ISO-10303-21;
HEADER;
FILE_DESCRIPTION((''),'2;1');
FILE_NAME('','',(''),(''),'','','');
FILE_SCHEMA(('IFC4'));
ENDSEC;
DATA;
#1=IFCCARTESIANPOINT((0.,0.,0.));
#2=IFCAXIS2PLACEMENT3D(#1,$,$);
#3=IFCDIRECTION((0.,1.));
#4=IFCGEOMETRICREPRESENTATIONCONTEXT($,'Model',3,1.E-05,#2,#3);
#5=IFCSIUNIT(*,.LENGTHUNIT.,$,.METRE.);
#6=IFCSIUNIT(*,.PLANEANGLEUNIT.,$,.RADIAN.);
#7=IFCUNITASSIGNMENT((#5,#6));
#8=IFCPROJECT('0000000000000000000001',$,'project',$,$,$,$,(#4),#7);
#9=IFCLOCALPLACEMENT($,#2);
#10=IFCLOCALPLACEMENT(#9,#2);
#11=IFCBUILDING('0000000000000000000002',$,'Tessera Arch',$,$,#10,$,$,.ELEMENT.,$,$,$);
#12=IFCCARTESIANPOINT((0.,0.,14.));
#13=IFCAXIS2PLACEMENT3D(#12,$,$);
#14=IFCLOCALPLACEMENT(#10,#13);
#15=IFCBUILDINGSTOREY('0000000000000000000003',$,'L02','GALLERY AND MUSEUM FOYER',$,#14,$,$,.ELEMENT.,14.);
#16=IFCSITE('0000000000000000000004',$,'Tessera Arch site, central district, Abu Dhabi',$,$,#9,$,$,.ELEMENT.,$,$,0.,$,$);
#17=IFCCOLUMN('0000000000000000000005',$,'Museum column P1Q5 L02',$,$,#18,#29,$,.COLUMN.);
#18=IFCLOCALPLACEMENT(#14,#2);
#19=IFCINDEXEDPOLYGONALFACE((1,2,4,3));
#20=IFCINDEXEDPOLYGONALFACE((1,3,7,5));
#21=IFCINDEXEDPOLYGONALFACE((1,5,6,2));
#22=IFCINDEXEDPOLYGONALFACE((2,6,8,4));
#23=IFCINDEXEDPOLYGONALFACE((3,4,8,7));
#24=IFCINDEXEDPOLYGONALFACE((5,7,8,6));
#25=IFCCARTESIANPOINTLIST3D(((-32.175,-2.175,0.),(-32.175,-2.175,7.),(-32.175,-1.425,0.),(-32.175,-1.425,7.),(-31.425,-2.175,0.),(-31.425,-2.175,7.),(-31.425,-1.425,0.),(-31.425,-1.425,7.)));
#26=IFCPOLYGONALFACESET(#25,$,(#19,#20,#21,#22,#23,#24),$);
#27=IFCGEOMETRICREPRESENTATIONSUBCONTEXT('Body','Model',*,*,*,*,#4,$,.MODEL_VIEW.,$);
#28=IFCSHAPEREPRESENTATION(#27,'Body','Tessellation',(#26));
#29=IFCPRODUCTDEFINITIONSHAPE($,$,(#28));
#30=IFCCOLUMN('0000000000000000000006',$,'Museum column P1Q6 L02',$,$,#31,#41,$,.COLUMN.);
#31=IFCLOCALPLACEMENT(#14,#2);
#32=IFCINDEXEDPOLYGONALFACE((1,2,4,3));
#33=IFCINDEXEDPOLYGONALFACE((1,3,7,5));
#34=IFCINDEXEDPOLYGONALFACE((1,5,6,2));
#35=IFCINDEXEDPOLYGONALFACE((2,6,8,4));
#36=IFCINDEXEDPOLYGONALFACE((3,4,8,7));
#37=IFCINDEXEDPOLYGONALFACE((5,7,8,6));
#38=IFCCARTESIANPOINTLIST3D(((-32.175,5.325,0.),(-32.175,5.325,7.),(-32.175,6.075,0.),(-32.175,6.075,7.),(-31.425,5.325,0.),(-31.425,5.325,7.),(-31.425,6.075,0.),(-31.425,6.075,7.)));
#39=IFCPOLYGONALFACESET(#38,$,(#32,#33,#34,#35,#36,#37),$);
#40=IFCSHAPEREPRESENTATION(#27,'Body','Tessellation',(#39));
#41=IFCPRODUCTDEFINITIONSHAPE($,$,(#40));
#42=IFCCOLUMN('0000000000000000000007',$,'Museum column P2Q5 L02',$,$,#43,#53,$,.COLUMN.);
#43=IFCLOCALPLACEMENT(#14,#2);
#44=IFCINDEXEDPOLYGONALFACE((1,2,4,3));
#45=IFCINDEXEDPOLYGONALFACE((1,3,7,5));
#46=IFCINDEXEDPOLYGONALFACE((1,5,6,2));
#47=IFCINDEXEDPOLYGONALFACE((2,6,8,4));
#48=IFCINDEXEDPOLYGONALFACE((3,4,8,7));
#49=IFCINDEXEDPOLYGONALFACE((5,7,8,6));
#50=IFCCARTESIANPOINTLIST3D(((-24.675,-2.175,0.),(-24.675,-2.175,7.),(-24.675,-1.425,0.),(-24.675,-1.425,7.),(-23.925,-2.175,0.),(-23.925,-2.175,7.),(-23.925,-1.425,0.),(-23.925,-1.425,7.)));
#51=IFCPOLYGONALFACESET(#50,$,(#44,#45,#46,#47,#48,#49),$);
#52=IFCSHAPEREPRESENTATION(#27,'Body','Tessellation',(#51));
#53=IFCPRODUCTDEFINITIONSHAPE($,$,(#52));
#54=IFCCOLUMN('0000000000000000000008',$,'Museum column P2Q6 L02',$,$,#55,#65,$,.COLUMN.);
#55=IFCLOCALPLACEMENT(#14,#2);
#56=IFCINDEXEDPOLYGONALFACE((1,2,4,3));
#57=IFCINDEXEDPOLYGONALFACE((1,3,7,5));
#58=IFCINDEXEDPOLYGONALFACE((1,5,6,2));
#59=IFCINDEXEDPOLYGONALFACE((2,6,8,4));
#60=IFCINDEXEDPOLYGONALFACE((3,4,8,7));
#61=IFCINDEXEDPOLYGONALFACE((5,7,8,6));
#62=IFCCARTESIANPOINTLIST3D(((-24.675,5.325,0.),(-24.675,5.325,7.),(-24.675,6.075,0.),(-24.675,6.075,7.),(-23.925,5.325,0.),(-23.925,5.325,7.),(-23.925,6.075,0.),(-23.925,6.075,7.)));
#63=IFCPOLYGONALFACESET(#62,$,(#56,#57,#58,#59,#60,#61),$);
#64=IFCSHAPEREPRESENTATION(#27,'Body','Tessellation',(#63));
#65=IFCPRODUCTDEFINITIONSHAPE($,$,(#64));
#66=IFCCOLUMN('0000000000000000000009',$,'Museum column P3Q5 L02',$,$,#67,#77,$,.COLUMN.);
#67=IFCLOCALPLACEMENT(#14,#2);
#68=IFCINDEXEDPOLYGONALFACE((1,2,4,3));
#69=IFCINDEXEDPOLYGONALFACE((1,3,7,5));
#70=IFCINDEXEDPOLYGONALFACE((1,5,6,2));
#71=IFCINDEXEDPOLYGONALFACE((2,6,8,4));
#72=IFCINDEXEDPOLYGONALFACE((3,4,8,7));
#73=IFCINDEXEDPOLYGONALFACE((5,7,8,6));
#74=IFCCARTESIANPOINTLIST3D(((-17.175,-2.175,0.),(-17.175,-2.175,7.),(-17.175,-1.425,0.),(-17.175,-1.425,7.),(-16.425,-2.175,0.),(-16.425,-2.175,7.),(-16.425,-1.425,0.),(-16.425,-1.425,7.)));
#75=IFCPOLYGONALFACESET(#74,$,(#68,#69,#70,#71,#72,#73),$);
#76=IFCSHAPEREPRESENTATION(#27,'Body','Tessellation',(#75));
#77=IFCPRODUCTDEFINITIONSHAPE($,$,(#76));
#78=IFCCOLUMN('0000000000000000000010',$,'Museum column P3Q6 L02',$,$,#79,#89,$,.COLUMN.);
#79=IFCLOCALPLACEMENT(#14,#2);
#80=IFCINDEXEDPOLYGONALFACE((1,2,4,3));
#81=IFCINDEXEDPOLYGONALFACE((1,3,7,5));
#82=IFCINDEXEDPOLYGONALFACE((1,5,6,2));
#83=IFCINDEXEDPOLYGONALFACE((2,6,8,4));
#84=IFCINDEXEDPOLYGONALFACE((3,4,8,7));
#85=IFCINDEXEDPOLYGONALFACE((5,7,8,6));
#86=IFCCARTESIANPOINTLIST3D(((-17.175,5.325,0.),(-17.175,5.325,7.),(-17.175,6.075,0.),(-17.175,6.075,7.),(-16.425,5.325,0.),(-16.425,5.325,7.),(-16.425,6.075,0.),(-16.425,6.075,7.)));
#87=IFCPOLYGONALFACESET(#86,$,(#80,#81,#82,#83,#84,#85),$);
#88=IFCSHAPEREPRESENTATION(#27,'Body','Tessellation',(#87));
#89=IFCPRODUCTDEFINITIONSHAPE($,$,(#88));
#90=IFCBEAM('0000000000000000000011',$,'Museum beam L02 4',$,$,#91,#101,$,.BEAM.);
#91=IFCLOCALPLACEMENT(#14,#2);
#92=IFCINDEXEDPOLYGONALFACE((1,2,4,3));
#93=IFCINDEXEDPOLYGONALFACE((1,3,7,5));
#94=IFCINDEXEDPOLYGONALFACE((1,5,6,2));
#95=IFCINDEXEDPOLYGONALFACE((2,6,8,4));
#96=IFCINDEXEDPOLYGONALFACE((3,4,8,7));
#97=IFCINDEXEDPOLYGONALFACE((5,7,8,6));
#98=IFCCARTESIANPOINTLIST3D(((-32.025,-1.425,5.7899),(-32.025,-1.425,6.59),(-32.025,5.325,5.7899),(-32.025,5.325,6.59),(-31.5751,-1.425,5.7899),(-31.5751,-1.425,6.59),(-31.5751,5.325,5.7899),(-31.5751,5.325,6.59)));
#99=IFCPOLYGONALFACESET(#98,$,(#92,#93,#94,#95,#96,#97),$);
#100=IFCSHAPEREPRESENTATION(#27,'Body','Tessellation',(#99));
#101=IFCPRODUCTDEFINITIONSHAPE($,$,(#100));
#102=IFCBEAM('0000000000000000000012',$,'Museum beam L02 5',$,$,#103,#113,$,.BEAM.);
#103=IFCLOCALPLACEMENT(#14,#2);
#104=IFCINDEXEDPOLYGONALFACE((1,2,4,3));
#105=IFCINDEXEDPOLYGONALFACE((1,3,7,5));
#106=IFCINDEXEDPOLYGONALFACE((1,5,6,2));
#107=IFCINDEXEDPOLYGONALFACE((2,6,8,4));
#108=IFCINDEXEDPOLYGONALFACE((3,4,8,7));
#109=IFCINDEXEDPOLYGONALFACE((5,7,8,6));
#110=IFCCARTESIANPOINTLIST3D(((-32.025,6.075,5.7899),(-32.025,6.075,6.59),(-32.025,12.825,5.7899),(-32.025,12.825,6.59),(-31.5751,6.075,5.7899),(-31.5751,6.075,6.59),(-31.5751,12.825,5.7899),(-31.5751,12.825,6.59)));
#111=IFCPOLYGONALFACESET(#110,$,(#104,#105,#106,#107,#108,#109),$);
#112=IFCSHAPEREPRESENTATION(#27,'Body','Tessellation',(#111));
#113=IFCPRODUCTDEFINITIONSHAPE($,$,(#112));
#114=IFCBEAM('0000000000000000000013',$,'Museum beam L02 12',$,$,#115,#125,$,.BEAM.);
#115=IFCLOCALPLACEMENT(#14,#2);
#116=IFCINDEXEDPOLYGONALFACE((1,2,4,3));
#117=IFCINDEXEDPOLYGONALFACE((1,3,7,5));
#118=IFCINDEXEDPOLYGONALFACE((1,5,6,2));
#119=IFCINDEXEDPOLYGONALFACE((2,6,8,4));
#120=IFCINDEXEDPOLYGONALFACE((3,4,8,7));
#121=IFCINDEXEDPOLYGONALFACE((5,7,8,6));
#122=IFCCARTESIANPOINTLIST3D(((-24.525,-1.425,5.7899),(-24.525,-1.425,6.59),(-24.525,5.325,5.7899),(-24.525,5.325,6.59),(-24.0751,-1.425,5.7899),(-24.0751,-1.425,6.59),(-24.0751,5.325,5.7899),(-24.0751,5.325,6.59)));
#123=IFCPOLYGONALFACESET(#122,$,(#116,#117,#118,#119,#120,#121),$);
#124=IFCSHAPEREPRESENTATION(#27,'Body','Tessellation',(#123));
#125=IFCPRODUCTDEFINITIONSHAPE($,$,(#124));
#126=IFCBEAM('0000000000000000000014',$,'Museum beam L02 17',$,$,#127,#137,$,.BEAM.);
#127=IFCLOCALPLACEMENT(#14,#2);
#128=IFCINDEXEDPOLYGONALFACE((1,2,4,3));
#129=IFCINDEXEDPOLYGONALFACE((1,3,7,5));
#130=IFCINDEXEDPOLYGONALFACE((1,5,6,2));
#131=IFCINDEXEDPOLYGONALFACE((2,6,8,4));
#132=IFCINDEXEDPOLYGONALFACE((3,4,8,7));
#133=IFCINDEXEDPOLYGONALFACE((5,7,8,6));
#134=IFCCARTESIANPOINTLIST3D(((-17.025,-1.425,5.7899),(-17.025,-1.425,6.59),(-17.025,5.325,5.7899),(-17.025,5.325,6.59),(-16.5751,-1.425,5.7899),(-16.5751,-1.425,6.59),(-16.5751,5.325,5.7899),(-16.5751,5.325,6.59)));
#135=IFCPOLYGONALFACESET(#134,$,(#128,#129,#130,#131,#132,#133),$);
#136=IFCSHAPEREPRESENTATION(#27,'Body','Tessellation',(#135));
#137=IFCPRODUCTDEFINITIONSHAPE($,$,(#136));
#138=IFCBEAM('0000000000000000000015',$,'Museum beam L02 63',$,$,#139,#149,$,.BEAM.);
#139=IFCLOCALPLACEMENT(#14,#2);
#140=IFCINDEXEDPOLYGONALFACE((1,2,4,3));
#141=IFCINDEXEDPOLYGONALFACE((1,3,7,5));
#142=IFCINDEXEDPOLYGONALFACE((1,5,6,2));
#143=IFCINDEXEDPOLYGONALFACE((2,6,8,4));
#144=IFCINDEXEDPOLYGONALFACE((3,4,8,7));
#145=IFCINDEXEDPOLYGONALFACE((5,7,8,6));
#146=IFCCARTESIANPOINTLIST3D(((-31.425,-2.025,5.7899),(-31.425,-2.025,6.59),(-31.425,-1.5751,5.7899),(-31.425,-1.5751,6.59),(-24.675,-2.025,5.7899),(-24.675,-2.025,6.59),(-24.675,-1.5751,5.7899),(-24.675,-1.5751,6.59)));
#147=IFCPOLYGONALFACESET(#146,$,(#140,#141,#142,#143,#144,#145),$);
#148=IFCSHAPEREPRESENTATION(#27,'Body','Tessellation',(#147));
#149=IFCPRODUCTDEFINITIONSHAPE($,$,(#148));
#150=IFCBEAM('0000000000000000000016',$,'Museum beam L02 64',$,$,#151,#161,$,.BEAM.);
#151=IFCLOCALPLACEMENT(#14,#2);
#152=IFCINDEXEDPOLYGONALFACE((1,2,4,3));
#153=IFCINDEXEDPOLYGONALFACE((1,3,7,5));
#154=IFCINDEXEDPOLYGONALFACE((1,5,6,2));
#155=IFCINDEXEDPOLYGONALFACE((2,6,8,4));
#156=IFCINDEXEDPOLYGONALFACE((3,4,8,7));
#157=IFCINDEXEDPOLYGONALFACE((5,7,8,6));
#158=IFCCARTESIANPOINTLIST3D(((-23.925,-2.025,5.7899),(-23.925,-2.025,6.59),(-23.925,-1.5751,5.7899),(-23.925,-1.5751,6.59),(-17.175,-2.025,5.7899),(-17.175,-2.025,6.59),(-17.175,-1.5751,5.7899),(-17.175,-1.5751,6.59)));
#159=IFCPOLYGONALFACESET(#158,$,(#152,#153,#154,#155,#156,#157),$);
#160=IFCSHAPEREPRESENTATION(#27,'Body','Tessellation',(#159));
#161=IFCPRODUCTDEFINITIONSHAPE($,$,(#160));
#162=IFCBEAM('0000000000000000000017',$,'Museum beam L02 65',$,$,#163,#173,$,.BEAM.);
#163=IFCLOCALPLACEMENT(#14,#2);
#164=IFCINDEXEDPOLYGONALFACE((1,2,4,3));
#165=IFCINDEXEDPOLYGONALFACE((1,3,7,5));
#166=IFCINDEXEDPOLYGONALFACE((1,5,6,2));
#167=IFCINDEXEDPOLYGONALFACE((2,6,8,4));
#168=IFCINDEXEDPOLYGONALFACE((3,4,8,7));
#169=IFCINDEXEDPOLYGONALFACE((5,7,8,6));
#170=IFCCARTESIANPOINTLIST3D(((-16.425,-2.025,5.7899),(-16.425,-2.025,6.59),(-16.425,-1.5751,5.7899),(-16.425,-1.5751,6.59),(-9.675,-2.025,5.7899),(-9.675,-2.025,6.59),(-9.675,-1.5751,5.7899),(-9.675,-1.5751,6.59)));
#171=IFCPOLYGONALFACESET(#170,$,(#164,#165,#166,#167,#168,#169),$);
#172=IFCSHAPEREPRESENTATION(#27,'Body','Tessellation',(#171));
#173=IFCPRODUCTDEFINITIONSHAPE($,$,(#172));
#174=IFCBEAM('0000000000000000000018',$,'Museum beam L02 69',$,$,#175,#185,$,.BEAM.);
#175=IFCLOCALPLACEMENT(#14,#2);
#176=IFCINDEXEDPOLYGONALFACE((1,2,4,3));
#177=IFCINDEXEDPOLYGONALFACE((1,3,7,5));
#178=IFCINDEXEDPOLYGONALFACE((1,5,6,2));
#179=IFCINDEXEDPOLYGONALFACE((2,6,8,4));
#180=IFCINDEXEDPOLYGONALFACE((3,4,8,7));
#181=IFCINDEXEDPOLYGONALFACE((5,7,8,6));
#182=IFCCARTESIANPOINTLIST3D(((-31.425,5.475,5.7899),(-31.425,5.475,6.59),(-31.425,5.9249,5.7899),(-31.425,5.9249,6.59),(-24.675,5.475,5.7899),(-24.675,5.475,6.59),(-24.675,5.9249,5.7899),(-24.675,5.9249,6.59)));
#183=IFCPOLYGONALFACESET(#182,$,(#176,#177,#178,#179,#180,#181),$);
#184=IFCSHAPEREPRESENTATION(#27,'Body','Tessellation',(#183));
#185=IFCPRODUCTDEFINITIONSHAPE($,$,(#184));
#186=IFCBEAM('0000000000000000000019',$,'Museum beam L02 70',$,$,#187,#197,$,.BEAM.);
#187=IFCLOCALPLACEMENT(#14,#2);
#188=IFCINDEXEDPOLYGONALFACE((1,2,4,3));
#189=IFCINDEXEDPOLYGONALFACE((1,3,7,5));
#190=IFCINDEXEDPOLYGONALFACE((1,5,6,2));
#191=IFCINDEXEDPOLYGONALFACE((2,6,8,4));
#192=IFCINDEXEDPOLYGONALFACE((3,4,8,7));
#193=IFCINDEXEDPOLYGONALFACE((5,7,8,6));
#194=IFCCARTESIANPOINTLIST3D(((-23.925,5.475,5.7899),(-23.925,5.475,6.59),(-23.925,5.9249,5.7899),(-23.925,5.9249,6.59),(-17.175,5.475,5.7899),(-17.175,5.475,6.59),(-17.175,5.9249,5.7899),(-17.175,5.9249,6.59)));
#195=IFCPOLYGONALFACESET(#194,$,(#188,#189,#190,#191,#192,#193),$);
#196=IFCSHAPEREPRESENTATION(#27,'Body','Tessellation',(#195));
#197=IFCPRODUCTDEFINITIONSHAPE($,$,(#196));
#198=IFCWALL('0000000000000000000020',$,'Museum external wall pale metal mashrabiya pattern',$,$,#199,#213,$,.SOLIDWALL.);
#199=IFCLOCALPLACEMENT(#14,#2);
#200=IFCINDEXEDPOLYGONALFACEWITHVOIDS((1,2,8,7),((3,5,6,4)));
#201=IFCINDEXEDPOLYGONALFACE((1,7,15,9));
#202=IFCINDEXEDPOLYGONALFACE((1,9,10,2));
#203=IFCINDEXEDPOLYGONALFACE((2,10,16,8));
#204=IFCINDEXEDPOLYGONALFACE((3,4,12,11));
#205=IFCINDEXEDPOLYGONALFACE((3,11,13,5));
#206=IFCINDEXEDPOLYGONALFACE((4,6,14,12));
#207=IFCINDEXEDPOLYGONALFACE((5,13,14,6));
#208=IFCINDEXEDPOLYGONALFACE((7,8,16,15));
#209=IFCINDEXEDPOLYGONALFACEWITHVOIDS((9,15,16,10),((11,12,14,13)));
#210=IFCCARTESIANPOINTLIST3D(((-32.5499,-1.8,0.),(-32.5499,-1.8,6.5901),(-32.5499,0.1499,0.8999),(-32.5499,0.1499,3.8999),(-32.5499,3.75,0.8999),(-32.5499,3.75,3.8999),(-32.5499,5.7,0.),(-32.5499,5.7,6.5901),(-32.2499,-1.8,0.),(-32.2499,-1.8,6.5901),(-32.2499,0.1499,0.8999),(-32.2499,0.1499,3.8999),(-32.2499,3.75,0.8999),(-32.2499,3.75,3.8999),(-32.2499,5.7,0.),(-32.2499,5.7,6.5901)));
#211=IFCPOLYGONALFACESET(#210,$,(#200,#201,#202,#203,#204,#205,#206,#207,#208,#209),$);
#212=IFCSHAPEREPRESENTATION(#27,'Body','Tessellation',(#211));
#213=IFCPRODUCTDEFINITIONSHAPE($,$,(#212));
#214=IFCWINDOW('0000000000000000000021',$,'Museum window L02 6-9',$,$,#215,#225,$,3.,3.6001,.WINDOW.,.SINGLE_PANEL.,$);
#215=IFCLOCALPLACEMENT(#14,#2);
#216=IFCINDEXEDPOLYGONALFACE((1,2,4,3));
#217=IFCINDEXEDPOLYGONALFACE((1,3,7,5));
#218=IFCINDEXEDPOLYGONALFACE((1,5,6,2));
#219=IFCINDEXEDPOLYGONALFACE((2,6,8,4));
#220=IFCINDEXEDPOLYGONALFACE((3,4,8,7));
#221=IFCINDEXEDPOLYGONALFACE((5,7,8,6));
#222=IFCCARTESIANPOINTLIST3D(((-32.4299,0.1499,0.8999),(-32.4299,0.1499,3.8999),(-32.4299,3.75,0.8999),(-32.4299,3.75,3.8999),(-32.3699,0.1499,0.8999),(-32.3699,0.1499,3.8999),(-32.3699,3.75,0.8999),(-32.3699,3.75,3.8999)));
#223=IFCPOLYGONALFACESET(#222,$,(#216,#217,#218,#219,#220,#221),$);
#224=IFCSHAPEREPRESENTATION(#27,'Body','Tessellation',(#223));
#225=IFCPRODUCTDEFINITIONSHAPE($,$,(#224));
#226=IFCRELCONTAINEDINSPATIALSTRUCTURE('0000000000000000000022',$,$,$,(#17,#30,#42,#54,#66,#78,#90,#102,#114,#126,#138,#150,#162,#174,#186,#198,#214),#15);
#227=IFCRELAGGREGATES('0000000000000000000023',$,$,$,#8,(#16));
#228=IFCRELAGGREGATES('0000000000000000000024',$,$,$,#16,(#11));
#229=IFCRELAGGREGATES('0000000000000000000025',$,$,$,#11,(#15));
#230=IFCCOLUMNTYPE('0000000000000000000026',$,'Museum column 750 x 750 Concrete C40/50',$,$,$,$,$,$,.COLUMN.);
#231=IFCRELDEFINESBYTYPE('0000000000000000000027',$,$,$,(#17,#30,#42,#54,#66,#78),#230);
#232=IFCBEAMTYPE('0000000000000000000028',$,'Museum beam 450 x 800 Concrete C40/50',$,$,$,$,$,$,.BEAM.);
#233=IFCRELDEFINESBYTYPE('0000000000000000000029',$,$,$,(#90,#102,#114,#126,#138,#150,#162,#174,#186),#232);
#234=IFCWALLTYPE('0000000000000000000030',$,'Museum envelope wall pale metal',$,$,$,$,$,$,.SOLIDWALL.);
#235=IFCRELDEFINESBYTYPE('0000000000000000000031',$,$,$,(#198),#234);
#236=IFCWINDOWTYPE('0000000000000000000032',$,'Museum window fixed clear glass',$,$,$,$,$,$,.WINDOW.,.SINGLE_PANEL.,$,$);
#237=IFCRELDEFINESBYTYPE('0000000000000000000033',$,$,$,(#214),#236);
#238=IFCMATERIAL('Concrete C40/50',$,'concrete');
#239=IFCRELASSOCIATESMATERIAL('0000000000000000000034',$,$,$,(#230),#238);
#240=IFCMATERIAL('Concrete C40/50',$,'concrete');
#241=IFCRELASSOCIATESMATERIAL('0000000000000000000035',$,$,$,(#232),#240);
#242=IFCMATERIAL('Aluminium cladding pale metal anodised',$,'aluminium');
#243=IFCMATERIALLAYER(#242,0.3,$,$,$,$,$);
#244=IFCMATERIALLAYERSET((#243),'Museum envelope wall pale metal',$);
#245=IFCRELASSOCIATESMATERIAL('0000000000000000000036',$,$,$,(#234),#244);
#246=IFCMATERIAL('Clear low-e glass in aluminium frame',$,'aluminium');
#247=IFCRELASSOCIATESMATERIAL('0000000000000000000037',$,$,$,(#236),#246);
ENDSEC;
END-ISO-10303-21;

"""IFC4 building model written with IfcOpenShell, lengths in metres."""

from ifc_helpers import new_model, si_unit, direction, frame, frame_2d, origin, origin_2d, place, context, subcontext, project, spatial, rectangle, extrude, material, layer, layer_set, material_profile, profile_set, type_object, element, fill, save


model = new_model("IFC4")

# Units and contexts
model_context = context("Model", 3, precision=1e-05, world=origin(), true_north=direction((0.0, 1.0)))
body_context = subcontext(model_context, "Body", "Model", "MODEL_VIEW")
ifc_project = project(units=[si_unit("LENGTHUNIT", "METRE"), si_unit("PLANEANGLEUNIT", "RADIAN")], contexts=[model_context])

# Site, building, storey
site_placement = place(None, origin())
site = spatial("IfcSite", under=ifc_project, at=site_placement, Name="Tessera Arch site, central district, Abu Dhabi", CompositionType="ELEMENT", RefElevation=0.0)
building_placement = place(site_placement, origin())
building = spatial("IfcBuilding", under=site, at=building_placement, Name="Tessera Arch", CompositionType="ELEMENT")
storey_placement = place(building_placement, frame((0.0, 0.0, 14.0)))
storey = spatial("IfcBuildingStorey", under=building, at=storey_placement, Name="L02", Description="GALLERY AND MUSEUM FOYER", CompositionType="ELEMENT", Elevation=14.0)

# Columns
ifc_material_1 = material(Name="Concrete C40/50", Category="concrete")
ifc_material_profile_1 = material_profile(ifc_material_1, rectangle(XDim=0.75, YDim=0.75, at=origin_2d()), Name="Museum column 750 x 750 Concrete C40/50")
ifc_profile_set_1 = profile_set([ifc_material_profile_1], Name="Concrete C40/50")
column_type = type_object("IfcColumnType", Name="Museum column 750 x 750 Concrete C40/50", PredefinedType="COLUMN", material=ifc_profile_set_1)
for number, where, z_axis, x_axis, name in (
    (1, (-31.8, -1.8, 0.0), (0.0, 0.0, 1.0), (1.0, 0.0, 0.0), "Museum column P1Q5 L02"),
    (2, (-31.8, 5.7, 0.0), (0.0, 0.0, 1.0), (1.0, 0.0, 0.0), "Museum column P1Q6 L02"),
    (3, (-24.3, -1.8, 0.0), (0.0, 0.0, 1.0), (1.0, 0.0, 0.0), "Museum column P2Q5 L02"),
    (4, (-24.3, 5.7, 0.0), (0.0, 0.0, 1.0), (1.0, 0.0, 0.0), "Museum column P2Q6 L02"),
    (5, (-16.8, -1.8, 0.0), (0.0, 0.0, 1.0), (1.0, 0.0, 0.0), "Museum column P3Q5 L02"),
    (6, (-16.8, 5.7, 0.0), (0.0, 0.0, 1.0), (1.0, 0.0, 0.0), "Museum column P3Q6 L02"),
):
    element("IfcColumn", number, at=place(storey_placement, frame(where, z_axis=z_axis, x_axis=x_axis)), inside=storey, type_object=column_type, Name=name, PredefinedType="COLUMN", context=body_context, shape_type="SweptSolid", body=[
        extrude(rectangle(XDim=0.75, YDim=0.75, at=origin_2d()), origin(), (0.0, 0.0, 1.0), 7.0),
    ])

# Beams
ifc_material_2 = material(Name="Concrete C40/50", Category="concrete")
ifc_material_profile_2 = material_profile(ifc_material_2, rectangle(XDim=0.45, YDim=0.8, at=origin_2d()), Name="Museum beam 450 x 800 Concrete C40/50")
ifc_profile_set_2 = profile_set([ifc_material_profile_2], Name="Concrete C40/50")
beam_type = type_object("IfcBeamType", Name="Museum beam 450 x 800 Concrete C40/50", PredefinedType="BEAM", material=ifc_profile_set_2)
for number, where, z_axis, x_axis, name in (
    (7, (-31.8, -1.425, 6.1899), (0.0, 1.0, 0.0), (-1.0, 0.0, 0.0), "Museum beam L02 4"),
    (8, (-31.8, 6.075, 6.1899), (0.0, 1.0, 0.0), (-1.0, 0.0, 0.0), "Museum beam L02 5"),
    (9, (-24.3, -1.425, 6.1899), (0.0, 1.0, 0.0), (-1.0, 0.0, 0.0), "Museum beam L02 12"),
    (10, (-16.8, -1.425, 6.1899), (0.0, 1.0, 0.0), (-1.0, 0.0, 0.0), "Museum beam L02 17"),
    (11, (-31.425, -1.8, 6.1899), (1.0, 0.0, 0.0), (0.0, 1.0, 0.0), "Museum beam L02 63"),
    (12, (-23.925, -1.8, 6.1899), (1.0, 0.0, 0.0), (0.0, 1.0, 0.0), "Museum beam L02 64"),
    (13, (-16.425, -1.8, 6.1899), (1.0, 0.0, 0.0), (0.0, 1.0, 0.0), "Museum beam L02 65"),
    (14, (-31.425, 5.7, 6.1899), (1.0, 0.0, 0.0), (0.0, 1.0, 0.0), "Museum beam L02 69"),
    (15, (-23.925, 5.7, 6.1899), (1.0, 0.0, 0.0), (0.0, 1.0, 0.0), "Museum beam L02 70"),
):
    element("IfcBeam", number, at=place(storey_placement, frame(where, z_axis=z_axis, x_axis=x_axis)), inside=storey, type_object=beam_type, Name=name, PredefinedType="BEAM", context=body_context, shape_type="SweptSolid", body=[
        extrude(rectangle(XDim=0.45, YDim=0.8, at=origin_2d()), origin(), (0.0, 0.0, 1.0), 6.75),
    ])

# Wall, opening, window
ifc_material_3 = material(Name="Aluminium cladding pale metal anodised", Category="aluminium")
ifc_layer_1 = layer(ifc_material_3, 0.3)
ifc_layer_set_1 = layer_set([ifc_layer_1], Name="Museum envelope wall pale metal")
wall_type = type_object("IfcWallType", Name="Museum envelope wall pale metal", PredefinedType="SOLIDWALL", material=ifc_layer_set_1)
wall_1_placement = place(storey_placement, frame((-32.3999, 5.7, 0.0), z_axis=(0.0, 0.0, 1.0), x_axis=(0.0, -1.0, 0.0)))
wall_1 = element("IfcWall", 16, at=wall_1_placement, inside=storey, type_object=wall_type, Name="Museum external wall pale metal mashrabiya pattern", PredefinedType="SOLIDWALL", context=body_context, shape_type="SweptSolid", body=[
    extrude(rectangle(XDim=7.5, YDim=0.3, at=frame_2d((3.75, 0.0))), origin(), (0.0, 0.0, 1.0), 6.5901),
])
opening_1_placement = place(wall_1_placement, frame((1.95, 0.0, 0.8999)))
opening_1 = element("IfcOpeningElement", 17, at=opening_1_placement, cuts=wall_1, PredefinedType="OPENING", context=body_context, shape_type="SweptSolid", body=[
    extrude(rectangle(XDim=3.6001, YDim=3.0, at=frame_2d((1.8, 1.5))), frame((0.0, 0.1599, 0.0), z_axis=(0.0, -1.0, 0.0), x_axis=(1.0, 0.0, 0.0)), (0.0, 0.0, 1.0), 0.3201),
])
ifc_material_4 = material(Name="Clear low-e glass in aluminium frame", Category="aluminium")
window_type = type_object("IfcWindowType", Name="Museum window fixed clear glass", PartitioningType="SINGLE_PANEL", PredefinedType="WINDOW", material=ifc_material_4)
window_1_placement = place(opening_1_placement, origin())
window_1 = element("IfcWindow", 18, at=window_1_placement, inside=storey, type_object=window_type, Name="Museum window L02 6-9", OverallHeight=3.0, OverallWidth=3.6001, PartitioningType="SINGLE_PANEL", PredefinedType="WINDOW", context=body_context, shape_type="SweptSolid", body=[
    extrude(rectangle(XDim=3.6001, YDim=3.0, at=frame_2d((1.8, 1.5))), frame((0.0, 0.03, 0.0), z_axis=(0.0, -1.0, 0.0), x_axis=(1.0, 0.0, 0.0)), (0.0, 0.0, 1.0), 0.0601),
])
fill(opening_1, window_1)

save(model, "model.ifc")
